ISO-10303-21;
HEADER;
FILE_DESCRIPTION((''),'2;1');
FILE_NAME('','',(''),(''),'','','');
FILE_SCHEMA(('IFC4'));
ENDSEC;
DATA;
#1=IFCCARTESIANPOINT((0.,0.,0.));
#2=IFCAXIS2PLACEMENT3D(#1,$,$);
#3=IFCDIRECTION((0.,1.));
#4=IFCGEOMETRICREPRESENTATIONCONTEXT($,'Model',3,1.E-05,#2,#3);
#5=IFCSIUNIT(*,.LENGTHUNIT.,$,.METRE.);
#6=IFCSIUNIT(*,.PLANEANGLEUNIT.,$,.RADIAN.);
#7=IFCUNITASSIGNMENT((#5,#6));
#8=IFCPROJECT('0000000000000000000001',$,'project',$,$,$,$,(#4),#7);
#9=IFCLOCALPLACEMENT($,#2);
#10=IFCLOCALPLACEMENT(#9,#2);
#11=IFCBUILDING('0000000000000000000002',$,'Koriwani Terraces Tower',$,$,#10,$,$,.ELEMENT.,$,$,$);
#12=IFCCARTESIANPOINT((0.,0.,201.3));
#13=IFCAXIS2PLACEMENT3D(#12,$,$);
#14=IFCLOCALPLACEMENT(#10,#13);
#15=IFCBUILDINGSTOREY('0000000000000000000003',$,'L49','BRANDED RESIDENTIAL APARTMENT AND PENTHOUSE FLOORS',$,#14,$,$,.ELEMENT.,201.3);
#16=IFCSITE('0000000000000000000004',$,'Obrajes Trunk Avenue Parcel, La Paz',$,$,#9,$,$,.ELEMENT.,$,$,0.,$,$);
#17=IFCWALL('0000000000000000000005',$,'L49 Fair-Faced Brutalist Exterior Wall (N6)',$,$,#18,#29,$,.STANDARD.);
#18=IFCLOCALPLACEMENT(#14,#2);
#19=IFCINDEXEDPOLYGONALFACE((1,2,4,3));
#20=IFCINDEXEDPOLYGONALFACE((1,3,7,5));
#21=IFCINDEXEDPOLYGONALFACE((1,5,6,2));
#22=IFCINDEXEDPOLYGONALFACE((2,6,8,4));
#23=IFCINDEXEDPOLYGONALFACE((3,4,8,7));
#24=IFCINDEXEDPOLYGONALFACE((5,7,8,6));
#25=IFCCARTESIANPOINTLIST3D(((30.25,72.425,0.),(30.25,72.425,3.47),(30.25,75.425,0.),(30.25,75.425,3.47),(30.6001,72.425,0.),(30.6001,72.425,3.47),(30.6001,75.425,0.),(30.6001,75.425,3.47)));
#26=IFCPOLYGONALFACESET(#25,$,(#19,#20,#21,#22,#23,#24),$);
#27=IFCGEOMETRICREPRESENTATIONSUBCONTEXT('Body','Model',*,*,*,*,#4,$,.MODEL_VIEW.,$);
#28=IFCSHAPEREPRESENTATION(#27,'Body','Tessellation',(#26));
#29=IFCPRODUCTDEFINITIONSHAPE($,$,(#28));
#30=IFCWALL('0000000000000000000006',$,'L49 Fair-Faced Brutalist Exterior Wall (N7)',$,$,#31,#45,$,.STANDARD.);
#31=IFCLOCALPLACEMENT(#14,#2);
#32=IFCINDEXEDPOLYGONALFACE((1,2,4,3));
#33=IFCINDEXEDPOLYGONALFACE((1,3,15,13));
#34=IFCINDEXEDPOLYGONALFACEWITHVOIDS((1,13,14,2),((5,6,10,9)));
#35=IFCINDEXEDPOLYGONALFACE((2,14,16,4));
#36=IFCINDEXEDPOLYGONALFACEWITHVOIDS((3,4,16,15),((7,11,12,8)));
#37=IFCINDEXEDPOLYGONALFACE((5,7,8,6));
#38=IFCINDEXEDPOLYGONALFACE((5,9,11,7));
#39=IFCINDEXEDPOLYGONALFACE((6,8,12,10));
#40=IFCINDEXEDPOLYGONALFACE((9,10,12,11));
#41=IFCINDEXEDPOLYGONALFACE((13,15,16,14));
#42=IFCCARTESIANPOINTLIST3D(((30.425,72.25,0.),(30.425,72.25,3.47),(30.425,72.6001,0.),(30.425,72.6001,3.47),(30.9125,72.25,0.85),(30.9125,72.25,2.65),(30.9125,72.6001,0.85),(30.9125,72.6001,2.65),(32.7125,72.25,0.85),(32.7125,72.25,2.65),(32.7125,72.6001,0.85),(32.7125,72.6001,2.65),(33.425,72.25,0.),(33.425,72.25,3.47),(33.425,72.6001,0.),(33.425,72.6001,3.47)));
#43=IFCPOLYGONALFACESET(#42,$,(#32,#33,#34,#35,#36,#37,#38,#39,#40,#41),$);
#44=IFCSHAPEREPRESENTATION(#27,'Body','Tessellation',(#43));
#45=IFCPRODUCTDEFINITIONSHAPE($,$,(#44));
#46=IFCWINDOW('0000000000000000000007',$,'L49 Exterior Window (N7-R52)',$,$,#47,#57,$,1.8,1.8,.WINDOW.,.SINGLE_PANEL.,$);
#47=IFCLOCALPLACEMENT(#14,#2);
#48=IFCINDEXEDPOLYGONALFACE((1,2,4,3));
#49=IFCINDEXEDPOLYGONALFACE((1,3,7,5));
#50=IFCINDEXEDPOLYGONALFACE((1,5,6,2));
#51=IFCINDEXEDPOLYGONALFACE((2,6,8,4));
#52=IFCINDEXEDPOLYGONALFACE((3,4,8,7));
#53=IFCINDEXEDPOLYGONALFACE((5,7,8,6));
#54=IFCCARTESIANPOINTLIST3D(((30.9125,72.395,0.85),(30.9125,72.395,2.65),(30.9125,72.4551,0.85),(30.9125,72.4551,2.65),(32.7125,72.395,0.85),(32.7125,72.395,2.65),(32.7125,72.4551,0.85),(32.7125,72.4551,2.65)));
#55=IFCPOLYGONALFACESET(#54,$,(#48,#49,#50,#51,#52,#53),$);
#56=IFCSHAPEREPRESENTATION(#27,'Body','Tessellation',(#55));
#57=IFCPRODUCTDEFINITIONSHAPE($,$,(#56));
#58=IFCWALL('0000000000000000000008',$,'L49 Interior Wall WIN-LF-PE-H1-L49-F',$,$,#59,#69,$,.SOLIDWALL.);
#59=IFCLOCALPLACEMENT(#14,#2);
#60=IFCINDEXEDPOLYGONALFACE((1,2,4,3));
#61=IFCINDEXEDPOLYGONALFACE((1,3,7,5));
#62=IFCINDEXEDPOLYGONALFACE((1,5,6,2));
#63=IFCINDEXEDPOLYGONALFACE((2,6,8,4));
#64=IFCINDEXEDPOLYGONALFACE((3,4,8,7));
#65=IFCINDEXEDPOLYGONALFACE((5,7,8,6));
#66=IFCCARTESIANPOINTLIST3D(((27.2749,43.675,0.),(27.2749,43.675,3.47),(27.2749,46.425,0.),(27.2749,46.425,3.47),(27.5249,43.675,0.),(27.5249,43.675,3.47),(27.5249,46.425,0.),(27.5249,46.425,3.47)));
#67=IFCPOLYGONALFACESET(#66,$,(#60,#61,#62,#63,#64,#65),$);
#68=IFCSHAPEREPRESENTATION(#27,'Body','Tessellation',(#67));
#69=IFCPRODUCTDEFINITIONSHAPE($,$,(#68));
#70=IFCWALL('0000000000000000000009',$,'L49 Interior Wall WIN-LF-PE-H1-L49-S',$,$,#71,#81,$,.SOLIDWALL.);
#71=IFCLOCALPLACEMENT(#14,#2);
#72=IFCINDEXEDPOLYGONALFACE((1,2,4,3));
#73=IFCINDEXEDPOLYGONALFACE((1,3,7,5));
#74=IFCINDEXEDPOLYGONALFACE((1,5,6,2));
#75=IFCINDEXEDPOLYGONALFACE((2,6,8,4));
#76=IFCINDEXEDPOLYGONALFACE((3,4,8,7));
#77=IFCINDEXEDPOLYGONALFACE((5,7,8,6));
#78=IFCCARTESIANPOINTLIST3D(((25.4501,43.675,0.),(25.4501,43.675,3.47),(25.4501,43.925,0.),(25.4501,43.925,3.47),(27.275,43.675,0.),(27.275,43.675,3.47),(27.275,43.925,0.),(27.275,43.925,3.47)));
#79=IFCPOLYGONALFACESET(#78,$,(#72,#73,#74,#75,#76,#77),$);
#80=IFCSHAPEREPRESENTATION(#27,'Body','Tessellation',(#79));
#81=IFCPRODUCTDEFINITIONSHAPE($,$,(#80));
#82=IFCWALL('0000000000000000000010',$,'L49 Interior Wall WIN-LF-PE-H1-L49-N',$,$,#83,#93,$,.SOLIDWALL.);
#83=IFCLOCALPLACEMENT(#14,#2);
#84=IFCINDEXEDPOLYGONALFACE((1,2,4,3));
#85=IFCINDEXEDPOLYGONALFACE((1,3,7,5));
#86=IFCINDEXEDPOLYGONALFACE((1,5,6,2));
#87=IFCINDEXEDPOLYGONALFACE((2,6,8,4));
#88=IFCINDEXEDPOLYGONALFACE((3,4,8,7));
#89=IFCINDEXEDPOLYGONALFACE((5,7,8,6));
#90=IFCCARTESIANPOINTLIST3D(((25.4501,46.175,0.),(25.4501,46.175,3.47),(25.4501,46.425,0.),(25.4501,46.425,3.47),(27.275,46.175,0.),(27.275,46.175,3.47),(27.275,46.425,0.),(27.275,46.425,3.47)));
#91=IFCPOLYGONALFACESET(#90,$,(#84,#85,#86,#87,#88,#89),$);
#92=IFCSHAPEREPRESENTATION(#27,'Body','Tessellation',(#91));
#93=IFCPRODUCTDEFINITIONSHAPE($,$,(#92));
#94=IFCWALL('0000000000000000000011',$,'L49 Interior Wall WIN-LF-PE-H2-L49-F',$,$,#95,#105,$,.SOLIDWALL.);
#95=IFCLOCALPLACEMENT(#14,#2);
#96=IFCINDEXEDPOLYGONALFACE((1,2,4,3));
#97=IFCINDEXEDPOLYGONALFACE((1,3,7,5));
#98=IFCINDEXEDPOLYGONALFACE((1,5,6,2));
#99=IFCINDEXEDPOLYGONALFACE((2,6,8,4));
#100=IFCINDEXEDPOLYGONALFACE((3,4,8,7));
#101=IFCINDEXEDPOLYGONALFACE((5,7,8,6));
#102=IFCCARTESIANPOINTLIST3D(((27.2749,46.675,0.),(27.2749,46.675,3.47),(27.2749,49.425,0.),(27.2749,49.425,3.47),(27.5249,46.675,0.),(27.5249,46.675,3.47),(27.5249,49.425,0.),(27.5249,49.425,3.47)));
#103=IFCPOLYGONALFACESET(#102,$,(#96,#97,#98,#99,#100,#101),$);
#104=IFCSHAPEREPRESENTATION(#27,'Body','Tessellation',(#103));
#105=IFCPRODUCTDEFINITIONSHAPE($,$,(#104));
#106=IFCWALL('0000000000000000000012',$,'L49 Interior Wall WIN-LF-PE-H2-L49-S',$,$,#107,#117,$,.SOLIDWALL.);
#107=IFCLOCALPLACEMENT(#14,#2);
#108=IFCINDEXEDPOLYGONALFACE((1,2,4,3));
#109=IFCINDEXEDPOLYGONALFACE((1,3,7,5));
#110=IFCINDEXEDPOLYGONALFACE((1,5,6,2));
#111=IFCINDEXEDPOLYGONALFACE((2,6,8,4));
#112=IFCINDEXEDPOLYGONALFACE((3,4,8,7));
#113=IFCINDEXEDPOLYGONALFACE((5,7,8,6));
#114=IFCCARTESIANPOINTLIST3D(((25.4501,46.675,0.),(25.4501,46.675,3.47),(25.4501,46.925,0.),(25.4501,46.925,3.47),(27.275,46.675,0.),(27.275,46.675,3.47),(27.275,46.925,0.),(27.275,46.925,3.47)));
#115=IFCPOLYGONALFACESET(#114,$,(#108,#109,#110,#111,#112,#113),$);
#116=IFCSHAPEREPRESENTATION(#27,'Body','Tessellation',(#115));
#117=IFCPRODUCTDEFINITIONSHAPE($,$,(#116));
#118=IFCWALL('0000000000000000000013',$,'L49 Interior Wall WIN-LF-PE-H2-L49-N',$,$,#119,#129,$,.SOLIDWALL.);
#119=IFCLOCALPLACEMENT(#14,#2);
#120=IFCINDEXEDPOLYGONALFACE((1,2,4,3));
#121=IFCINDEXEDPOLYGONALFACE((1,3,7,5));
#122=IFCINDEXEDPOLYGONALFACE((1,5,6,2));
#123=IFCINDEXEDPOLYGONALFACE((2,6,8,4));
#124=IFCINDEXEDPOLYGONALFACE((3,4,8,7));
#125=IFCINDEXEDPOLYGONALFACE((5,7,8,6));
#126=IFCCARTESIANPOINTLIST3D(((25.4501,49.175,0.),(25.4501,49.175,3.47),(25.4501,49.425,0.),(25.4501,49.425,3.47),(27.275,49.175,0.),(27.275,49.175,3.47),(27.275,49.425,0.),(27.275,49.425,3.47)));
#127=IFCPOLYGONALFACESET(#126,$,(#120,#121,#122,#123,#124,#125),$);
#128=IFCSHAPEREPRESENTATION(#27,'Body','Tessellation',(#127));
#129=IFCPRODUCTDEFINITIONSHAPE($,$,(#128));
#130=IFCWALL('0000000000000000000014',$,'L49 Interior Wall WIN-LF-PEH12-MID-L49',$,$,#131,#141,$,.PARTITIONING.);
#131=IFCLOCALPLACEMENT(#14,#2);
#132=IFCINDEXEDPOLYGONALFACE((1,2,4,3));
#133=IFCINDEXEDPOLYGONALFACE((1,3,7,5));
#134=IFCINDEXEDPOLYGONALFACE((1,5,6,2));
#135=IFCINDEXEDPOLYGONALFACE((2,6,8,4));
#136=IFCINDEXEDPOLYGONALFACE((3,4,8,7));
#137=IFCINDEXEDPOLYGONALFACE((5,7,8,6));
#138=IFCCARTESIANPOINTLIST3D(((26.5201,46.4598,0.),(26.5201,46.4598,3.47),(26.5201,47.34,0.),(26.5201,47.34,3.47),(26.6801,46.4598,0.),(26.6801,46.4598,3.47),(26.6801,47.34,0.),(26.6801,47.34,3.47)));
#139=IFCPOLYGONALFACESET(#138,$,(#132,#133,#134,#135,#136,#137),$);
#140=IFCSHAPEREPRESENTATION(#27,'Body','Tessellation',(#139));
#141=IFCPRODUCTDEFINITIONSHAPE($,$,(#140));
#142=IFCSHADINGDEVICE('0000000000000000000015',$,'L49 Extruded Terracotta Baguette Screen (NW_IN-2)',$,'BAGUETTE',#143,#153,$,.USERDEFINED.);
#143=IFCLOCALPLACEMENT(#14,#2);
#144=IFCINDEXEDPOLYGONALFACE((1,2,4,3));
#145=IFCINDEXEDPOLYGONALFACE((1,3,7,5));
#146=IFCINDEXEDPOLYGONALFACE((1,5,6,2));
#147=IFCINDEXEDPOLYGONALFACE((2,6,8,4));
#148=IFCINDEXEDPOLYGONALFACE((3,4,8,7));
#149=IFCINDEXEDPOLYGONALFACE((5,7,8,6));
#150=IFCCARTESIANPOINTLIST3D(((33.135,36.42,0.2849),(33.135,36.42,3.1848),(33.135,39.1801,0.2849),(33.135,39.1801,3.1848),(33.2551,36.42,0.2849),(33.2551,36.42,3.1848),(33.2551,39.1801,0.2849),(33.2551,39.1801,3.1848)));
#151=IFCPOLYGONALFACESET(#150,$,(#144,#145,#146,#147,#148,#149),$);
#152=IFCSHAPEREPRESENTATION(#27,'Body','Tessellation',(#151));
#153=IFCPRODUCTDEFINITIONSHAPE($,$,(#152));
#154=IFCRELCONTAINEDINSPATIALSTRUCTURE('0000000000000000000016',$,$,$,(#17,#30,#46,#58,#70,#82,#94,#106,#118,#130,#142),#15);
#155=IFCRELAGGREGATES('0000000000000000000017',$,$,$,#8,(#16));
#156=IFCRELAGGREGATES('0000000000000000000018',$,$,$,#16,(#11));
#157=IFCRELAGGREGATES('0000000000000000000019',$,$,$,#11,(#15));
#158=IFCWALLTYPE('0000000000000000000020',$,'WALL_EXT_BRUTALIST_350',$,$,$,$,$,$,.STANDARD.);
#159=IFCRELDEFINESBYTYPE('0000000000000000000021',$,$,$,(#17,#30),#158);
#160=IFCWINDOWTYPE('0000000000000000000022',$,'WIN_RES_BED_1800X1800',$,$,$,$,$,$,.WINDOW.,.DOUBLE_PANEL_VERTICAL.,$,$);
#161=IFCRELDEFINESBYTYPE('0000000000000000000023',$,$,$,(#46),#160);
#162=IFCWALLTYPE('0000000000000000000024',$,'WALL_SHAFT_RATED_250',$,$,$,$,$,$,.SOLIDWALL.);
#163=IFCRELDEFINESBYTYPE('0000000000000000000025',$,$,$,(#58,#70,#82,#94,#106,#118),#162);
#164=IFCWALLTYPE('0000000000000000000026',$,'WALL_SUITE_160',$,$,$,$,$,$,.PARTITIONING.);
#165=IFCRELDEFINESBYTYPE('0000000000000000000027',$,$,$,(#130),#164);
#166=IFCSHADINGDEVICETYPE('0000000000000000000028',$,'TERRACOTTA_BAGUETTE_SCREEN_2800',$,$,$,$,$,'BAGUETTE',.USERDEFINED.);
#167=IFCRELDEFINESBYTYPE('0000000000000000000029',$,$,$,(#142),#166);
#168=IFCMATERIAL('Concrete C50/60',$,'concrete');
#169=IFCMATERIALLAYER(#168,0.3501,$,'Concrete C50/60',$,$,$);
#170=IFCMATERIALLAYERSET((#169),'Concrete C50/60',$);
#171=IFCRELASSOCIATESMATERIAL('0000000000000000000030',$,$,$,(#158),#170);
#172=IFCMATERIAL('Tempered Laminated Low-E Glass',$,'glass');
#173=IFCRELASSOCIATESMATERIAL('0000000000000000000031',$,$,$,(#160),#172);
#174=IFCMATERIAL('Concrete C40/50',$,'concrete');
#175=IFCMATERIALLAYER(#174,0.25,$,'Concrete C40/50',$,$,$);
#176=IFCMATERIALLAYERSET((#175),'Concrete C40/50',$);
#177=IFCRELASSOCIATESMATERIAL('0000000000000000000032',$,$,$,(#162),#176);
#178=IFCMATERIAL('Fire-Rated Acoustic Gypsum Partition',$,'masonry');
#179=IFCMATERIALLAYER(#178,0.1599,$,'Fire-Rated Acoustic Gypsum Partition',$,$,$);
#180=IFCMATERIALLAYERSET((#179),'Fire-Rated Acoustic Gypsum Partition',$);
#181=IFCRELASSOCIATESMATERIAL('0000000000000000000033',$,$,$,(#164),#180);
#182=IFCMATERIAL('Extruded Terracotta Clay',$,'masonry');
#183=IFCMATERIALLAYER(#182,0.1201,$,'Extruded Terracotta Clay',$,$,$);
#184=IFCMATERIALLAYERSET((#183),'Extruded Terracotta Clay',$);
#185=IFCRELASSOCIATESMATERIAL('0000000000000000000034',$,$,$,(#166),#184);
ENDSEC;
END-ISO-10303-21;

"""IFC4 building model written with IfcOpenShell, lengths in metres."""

from ifc_helpers import new_model, si_unit, direction, frame, frame_2d, origin, origin_2d, place, context, subcontext, project, spatial, rectangle, extrude, material, layer, layer_set, type_object, element, fill, save


model = new_model("IFC4")

# Units and contexts
model_context = context("Model", 3, precision=1e-05, world=origin(), true_north=direction((0.0, 1.0)))
body_context = subcontext(model_context, "Body", "Model", "MODEL_VIEW")
ifc_project = project(units=[si_unit("LENGTHUNIT", "METRE"), si_unit("PLANEANGLEUNIT", "RADIAN")], contexts=[model_context])

# Site, building, storey
site_placement = place(None, origin())
site = spatial("IfcSite", under=ifc_project, at=site_placement, Name="Obrajes Trunk Avenue Parcel, La Paz", CompositionType="ELEMENT", RefElevation=0.0)
building_placement = place(site_placement, origin())
building = spatial("IfcBuilding", under=site, at=building_placement, Name="Koriwani Terraces Tower", CompositionType="ELEMENT")
storey_placement = place(building_placement, frame((0.0, 0.0, 201.3)))
storey = spatial("IfcBuildingStorey", under=building, at=storey_placement, Name="L49", Description="BRANDED RESIDENTIAL APARTMENT AND PENTHOUSE FLOORS", CompositionType="ELEMENT", Elevation=201.3)

# Shared definitions
ifc_material_1 = material(Name="Concrete C50/60", Category="concrete")

# Wall
ifc_layer_1 = layer(ifc_material_1, 0.3501, Name="Concrete C50/60")
ifc_layer_set_1 = layer_set([ifc_layer_1], Name="Concrete C50/60")
wall_type_1 = type_object("IfcWallType", Name="WALL_EXT_BRUTALIST_350", PredefinedType="STANDARD", material=ifc_layer_set_1)
wall_1_placement = place(storey_placement, frame((30.425, 75.425, 0.0), z_axis=(0.0, 0.0, 1.0), x_axis=(0.0, -1.0, 0.0)))
element("IfcWall", 1, at=wall_1_placement, inside=storey, type_object=wall_type_1, Name="L49 Fair-Faced Brutalist Exterior Wall (N6)", PredefinedType="STANDARD", context=body_context, shape_type="SweptSolid", body=[
    extrude(rectangle(XDim=3.0, YDim=0.3501, at=frame_2d((1.5, 0.0))), origin(), (0.0, 0.0, 1.0), 3.47),
])

# Wall, opening, window
wall_2_placement = place(storey_placement, frame((30.425, 72.425, 0.0), z_axis=(0.0, 0.0, 1.0), x_axis=(1.0, 0.0, 0.0)))
wall_2 = element("IfcWall", 2, at=wall_2_placement, inside=storey, type_object=wall_type_1, Name="L49 Fair-Faced Brutalist Exterior Wall (N7)", PredefinedType="STANDARD", context=body_context, shape_type="SweptSolid", body=[
    extrude(rectangle(XDim=3.0, YDim=0.3501, at=frame_2d((1.5, 0.0))), origin(), (0.0, 0.0, 1.0), 3.47),
])
opening_1_placement = place(wall_2_placement, frame((0.4875, 0.0, 0.8501)))
opening_1 = element("IfcOpeningElement", 3, at=opening_1_placement, cuts=wall_2, PredefinedType="OPENING", context=body_context, shape_type="SweptSolid", body=[
    extrude(rectangle(XDim=1.8, YDim=1.8, at=frame_2d((0.8999, 0.8999))), frame((0.0, 0.1851, 0.0), z_axis=(0.0, -1.0, 0.0), x_axis=(1.0, 0.0, 0.0)), (0.0, 0.0, 1.0), 0.3701),
])
ifc_material_2 = material(Name="Tempered Laminated Low-E Glass", Category="glass")
window_type = type_object("IfcWindowType", Name="WIN_RES_BED_1800X1800", PartitioningType="DOUBLE_PANEL_VERTICAL", PredefinedType="WINDOW", material=ifc_material_2)
window_placement = place(opening_1_placement, origin())
window = element("IfcWindow", 4, at=window_placement, inside=storey, type_object=window_type, Name="L49 Exterior Window (N7-R52)", OverallHeight=1.8, OverallWidth=1.8, PartitioningType="SINGLE_PANEL", PredefinedType="WINDOW", context=body_context, shape_type="SweptSolid", body=[
    extrude(rectangle(XDim=1.8, YDim=1.8, at=frame_2d((0.8999, 0.8999))), frame((0.0, 0.03, 0.0), z_axis=(0.0, -1.0, 0.0), x_axis=(1.0, 0.0, 0.0)), (0.0, 0.0, 1.0), 0.0601),
])
fill(opening_1, window)

# Shared definitions
ifc_material_3 = material(Name="Concrete C40/50", Category="concrete")
ifc_layer_2 = layer(ifc_material_3, 0.25, Name="Concrete C40/50")
ifc_layer_set_2 = layer_set([ifc_layer_2], Name="Concrete C40/50")
wall_type_2 = type_object("IfcWallType", Name="WALL_SHAFT_RATED_250", PredefinedType="SOLIDWALL", material=ifc_layer_set_2)

# Walls
wall_3_placement = place(storey_placement, frame((27.3999, 43.675, 0.0), z_axis=(0.0, 0.0, 1.0), x_axis=(0.0, 1.0, 0.0)))
element("IfcWall", 5, at=wall_3_placement, inside=storey, type_object=wall_type_2, Name="L49 Interior Wall WIN-LF-PE-H1-L49-F", PredefinedType="SOLIDWALL", context=body_context, shape_type="SweptSolid", body=[
    extrude(rectangle(XDim=2.75, YDim=0.25, at=frame_2d((1.375, 0.0))), origin(), (0.0, 0.0, 1.0), 3.47),
])
for number, where, z_axis, x_axis, name in (
    (6, (25.45, 43.8, 0.0), (0.0, 0.0, 1.0), (1.0, 0.0, 0.0), "L49 Interior Wall WIN-LF-PE-H1-L49-S"),
    (7, (25.45, 46.3, 0.0), (0.0, 0.0, 1.0), (1.0, 0.0, 0.0), "L49 Interior Wall WIN-LF-PE-H1-L49-N"),
):
    element("IfcWall", number, at=place(storey_placement, frame(where, z_axis=z_axis, x_axis=x_axis)), inside=storey, type_object=wall_type_2, Name=name, PredefinedType="SOLIDWALL", context=body_context, shape_type="SweptSolid", body=[
        extrude(rectangle(XDim=1.825, YDim=0.25, at=frame_2d((0.9126, 0.0))), origin(), (0.0, 0.0, 1.0), 3.47),
    ])
wall_4_placement = place(storey_placement, frame((27.3999, 46.675, 0.0), z_axis=(0.0, 0.0, 1.0), x_axis=(0.0, 1.0, 0.0)))
element("IfcWall", 8, at=wall_4_placement, inside=storey, type_object=wall_type_2, Name="L49 Interior Wall WIN-LF-PE-H2-L49-F", PredefinedType="SOLIDWALL", context=body_context, shape_type="SweptSolid", body=[
    extrude(rectangle(XDim=2.75, YDim=0.25, at=frame_2d((1.375, 0.0))), origin(), (0.0, 0.0, 1.0), 3.47),
])
for number, where, z_axis, x_axis, name in (
    (9, (25.45, 46.8, 0.0), (0.0, 0.0, 1.0), (1.0, 0.0, 0.0), "L49 Interior Wall WIN-LF-PE-H2-L49-S"),
    (10, (25.45, 49.3, 0.0), (0.0, 0.0, 1.0), (1.0, 0.0, 0.0), "L49 Interior Wall WIN-LF-PE-H2-L49-N"),
):
    element("IfcWall", number, at=place(storey_placement, frame(where, z_axis=z_axis, x_axis=x_axis)), inside=storey, type_object=wall_type_2, Name=name, PredefinedType="SOLIDWALL", context=body_context, shape_type="SweptSolid", body=[
        extrude(rectangle(XDim=1.825, YDim=0.25, at=frame_2d((0.9126, 0.0))), origin(), (0.0, 0.0, 1.0), 3.47),
    ])
ifc_material_4 = material(Name="Fire-Rated Acoustic Gypsum Partition", Category="masonry")
ifc_layer_3 = layer(ifc_material_4, 0.1599, Name="Fire-Rated Acoustic Gypsum Partition")
ifc_layer_set_3 = layer_set([ifc_layer_3], Name="Fire-Rated Acoustic Gypsum Partition")
wall_type_3 = type_object("IfcWallType", Name="WALL_SUITE_160", PredefinedType="PARTITIONING", material=ifc_layer_set_3)
wall_5_placement = place(storey_placement, frame((26.6001, 46.46, 0.0), z_axis=(0.0, 0.0, 1.0), x_axis=(0.0, 1.0, 0.0)))
element("IfcWall", 11, at=wall_5_placement, inside=storey, type_object=wall_type_3, Name="L49 Interior Wall WIN-LF-PEH12-MID-L49", PredefinedType="PARTITIONING", context=body_context, shape_type="SweptSolid", body=[
    extrude(rectangle(XDim=0.8801, YDim=0.1599, at=frame_2d((0.4399, 0.0))), origin(), (0.0, 0.0, 1.0), 3.47),
])

# Shading device
ifc_material_5 = material(Name="Extruded Terracotta Clay", Category="masonry")
ifc_layer_4 = layer(ifc_material_5, 0.1201, Name="Extruded Terracotta Clay")
ifc_layer_set_4 = layer_set([ifc_layer_4], Name="Extruded Terracotta Clay")
shading_device_type = type_object("IfcShadingDeviceType", Name="TERRACOTTA_BAGUETTE_SCREEN_2800", ElementType="BAGUETTE", PredefinedType="USERDEFINED", material=ifc_layer_set_4)
shading_device_placement = place(storey_placement, frame((33.1951, 37.8, 0.2849), z_axis=(0.0, 0.0, 1.0), x_axis=(0.0, -1.0, 0.0)))
element("IfcShadingDevice", 12, at=shading_device_placement, inside=storey, type_object=shading_device_type, Name="L49 Extruded Terracotta Baguette Screen (NW_IN-2)", ObjectType="BAGUETTE", PredefinedType="USERDEFINED", context=body_context, shape_type="SweptSolid", body=[
    extrude(rectangle(XDim=2.76, YDim=0.1201, at=origin_2d()), origin(), (0.0, 0.0, 1.0), 2.8999),
])

save(model, "model.ifc")
